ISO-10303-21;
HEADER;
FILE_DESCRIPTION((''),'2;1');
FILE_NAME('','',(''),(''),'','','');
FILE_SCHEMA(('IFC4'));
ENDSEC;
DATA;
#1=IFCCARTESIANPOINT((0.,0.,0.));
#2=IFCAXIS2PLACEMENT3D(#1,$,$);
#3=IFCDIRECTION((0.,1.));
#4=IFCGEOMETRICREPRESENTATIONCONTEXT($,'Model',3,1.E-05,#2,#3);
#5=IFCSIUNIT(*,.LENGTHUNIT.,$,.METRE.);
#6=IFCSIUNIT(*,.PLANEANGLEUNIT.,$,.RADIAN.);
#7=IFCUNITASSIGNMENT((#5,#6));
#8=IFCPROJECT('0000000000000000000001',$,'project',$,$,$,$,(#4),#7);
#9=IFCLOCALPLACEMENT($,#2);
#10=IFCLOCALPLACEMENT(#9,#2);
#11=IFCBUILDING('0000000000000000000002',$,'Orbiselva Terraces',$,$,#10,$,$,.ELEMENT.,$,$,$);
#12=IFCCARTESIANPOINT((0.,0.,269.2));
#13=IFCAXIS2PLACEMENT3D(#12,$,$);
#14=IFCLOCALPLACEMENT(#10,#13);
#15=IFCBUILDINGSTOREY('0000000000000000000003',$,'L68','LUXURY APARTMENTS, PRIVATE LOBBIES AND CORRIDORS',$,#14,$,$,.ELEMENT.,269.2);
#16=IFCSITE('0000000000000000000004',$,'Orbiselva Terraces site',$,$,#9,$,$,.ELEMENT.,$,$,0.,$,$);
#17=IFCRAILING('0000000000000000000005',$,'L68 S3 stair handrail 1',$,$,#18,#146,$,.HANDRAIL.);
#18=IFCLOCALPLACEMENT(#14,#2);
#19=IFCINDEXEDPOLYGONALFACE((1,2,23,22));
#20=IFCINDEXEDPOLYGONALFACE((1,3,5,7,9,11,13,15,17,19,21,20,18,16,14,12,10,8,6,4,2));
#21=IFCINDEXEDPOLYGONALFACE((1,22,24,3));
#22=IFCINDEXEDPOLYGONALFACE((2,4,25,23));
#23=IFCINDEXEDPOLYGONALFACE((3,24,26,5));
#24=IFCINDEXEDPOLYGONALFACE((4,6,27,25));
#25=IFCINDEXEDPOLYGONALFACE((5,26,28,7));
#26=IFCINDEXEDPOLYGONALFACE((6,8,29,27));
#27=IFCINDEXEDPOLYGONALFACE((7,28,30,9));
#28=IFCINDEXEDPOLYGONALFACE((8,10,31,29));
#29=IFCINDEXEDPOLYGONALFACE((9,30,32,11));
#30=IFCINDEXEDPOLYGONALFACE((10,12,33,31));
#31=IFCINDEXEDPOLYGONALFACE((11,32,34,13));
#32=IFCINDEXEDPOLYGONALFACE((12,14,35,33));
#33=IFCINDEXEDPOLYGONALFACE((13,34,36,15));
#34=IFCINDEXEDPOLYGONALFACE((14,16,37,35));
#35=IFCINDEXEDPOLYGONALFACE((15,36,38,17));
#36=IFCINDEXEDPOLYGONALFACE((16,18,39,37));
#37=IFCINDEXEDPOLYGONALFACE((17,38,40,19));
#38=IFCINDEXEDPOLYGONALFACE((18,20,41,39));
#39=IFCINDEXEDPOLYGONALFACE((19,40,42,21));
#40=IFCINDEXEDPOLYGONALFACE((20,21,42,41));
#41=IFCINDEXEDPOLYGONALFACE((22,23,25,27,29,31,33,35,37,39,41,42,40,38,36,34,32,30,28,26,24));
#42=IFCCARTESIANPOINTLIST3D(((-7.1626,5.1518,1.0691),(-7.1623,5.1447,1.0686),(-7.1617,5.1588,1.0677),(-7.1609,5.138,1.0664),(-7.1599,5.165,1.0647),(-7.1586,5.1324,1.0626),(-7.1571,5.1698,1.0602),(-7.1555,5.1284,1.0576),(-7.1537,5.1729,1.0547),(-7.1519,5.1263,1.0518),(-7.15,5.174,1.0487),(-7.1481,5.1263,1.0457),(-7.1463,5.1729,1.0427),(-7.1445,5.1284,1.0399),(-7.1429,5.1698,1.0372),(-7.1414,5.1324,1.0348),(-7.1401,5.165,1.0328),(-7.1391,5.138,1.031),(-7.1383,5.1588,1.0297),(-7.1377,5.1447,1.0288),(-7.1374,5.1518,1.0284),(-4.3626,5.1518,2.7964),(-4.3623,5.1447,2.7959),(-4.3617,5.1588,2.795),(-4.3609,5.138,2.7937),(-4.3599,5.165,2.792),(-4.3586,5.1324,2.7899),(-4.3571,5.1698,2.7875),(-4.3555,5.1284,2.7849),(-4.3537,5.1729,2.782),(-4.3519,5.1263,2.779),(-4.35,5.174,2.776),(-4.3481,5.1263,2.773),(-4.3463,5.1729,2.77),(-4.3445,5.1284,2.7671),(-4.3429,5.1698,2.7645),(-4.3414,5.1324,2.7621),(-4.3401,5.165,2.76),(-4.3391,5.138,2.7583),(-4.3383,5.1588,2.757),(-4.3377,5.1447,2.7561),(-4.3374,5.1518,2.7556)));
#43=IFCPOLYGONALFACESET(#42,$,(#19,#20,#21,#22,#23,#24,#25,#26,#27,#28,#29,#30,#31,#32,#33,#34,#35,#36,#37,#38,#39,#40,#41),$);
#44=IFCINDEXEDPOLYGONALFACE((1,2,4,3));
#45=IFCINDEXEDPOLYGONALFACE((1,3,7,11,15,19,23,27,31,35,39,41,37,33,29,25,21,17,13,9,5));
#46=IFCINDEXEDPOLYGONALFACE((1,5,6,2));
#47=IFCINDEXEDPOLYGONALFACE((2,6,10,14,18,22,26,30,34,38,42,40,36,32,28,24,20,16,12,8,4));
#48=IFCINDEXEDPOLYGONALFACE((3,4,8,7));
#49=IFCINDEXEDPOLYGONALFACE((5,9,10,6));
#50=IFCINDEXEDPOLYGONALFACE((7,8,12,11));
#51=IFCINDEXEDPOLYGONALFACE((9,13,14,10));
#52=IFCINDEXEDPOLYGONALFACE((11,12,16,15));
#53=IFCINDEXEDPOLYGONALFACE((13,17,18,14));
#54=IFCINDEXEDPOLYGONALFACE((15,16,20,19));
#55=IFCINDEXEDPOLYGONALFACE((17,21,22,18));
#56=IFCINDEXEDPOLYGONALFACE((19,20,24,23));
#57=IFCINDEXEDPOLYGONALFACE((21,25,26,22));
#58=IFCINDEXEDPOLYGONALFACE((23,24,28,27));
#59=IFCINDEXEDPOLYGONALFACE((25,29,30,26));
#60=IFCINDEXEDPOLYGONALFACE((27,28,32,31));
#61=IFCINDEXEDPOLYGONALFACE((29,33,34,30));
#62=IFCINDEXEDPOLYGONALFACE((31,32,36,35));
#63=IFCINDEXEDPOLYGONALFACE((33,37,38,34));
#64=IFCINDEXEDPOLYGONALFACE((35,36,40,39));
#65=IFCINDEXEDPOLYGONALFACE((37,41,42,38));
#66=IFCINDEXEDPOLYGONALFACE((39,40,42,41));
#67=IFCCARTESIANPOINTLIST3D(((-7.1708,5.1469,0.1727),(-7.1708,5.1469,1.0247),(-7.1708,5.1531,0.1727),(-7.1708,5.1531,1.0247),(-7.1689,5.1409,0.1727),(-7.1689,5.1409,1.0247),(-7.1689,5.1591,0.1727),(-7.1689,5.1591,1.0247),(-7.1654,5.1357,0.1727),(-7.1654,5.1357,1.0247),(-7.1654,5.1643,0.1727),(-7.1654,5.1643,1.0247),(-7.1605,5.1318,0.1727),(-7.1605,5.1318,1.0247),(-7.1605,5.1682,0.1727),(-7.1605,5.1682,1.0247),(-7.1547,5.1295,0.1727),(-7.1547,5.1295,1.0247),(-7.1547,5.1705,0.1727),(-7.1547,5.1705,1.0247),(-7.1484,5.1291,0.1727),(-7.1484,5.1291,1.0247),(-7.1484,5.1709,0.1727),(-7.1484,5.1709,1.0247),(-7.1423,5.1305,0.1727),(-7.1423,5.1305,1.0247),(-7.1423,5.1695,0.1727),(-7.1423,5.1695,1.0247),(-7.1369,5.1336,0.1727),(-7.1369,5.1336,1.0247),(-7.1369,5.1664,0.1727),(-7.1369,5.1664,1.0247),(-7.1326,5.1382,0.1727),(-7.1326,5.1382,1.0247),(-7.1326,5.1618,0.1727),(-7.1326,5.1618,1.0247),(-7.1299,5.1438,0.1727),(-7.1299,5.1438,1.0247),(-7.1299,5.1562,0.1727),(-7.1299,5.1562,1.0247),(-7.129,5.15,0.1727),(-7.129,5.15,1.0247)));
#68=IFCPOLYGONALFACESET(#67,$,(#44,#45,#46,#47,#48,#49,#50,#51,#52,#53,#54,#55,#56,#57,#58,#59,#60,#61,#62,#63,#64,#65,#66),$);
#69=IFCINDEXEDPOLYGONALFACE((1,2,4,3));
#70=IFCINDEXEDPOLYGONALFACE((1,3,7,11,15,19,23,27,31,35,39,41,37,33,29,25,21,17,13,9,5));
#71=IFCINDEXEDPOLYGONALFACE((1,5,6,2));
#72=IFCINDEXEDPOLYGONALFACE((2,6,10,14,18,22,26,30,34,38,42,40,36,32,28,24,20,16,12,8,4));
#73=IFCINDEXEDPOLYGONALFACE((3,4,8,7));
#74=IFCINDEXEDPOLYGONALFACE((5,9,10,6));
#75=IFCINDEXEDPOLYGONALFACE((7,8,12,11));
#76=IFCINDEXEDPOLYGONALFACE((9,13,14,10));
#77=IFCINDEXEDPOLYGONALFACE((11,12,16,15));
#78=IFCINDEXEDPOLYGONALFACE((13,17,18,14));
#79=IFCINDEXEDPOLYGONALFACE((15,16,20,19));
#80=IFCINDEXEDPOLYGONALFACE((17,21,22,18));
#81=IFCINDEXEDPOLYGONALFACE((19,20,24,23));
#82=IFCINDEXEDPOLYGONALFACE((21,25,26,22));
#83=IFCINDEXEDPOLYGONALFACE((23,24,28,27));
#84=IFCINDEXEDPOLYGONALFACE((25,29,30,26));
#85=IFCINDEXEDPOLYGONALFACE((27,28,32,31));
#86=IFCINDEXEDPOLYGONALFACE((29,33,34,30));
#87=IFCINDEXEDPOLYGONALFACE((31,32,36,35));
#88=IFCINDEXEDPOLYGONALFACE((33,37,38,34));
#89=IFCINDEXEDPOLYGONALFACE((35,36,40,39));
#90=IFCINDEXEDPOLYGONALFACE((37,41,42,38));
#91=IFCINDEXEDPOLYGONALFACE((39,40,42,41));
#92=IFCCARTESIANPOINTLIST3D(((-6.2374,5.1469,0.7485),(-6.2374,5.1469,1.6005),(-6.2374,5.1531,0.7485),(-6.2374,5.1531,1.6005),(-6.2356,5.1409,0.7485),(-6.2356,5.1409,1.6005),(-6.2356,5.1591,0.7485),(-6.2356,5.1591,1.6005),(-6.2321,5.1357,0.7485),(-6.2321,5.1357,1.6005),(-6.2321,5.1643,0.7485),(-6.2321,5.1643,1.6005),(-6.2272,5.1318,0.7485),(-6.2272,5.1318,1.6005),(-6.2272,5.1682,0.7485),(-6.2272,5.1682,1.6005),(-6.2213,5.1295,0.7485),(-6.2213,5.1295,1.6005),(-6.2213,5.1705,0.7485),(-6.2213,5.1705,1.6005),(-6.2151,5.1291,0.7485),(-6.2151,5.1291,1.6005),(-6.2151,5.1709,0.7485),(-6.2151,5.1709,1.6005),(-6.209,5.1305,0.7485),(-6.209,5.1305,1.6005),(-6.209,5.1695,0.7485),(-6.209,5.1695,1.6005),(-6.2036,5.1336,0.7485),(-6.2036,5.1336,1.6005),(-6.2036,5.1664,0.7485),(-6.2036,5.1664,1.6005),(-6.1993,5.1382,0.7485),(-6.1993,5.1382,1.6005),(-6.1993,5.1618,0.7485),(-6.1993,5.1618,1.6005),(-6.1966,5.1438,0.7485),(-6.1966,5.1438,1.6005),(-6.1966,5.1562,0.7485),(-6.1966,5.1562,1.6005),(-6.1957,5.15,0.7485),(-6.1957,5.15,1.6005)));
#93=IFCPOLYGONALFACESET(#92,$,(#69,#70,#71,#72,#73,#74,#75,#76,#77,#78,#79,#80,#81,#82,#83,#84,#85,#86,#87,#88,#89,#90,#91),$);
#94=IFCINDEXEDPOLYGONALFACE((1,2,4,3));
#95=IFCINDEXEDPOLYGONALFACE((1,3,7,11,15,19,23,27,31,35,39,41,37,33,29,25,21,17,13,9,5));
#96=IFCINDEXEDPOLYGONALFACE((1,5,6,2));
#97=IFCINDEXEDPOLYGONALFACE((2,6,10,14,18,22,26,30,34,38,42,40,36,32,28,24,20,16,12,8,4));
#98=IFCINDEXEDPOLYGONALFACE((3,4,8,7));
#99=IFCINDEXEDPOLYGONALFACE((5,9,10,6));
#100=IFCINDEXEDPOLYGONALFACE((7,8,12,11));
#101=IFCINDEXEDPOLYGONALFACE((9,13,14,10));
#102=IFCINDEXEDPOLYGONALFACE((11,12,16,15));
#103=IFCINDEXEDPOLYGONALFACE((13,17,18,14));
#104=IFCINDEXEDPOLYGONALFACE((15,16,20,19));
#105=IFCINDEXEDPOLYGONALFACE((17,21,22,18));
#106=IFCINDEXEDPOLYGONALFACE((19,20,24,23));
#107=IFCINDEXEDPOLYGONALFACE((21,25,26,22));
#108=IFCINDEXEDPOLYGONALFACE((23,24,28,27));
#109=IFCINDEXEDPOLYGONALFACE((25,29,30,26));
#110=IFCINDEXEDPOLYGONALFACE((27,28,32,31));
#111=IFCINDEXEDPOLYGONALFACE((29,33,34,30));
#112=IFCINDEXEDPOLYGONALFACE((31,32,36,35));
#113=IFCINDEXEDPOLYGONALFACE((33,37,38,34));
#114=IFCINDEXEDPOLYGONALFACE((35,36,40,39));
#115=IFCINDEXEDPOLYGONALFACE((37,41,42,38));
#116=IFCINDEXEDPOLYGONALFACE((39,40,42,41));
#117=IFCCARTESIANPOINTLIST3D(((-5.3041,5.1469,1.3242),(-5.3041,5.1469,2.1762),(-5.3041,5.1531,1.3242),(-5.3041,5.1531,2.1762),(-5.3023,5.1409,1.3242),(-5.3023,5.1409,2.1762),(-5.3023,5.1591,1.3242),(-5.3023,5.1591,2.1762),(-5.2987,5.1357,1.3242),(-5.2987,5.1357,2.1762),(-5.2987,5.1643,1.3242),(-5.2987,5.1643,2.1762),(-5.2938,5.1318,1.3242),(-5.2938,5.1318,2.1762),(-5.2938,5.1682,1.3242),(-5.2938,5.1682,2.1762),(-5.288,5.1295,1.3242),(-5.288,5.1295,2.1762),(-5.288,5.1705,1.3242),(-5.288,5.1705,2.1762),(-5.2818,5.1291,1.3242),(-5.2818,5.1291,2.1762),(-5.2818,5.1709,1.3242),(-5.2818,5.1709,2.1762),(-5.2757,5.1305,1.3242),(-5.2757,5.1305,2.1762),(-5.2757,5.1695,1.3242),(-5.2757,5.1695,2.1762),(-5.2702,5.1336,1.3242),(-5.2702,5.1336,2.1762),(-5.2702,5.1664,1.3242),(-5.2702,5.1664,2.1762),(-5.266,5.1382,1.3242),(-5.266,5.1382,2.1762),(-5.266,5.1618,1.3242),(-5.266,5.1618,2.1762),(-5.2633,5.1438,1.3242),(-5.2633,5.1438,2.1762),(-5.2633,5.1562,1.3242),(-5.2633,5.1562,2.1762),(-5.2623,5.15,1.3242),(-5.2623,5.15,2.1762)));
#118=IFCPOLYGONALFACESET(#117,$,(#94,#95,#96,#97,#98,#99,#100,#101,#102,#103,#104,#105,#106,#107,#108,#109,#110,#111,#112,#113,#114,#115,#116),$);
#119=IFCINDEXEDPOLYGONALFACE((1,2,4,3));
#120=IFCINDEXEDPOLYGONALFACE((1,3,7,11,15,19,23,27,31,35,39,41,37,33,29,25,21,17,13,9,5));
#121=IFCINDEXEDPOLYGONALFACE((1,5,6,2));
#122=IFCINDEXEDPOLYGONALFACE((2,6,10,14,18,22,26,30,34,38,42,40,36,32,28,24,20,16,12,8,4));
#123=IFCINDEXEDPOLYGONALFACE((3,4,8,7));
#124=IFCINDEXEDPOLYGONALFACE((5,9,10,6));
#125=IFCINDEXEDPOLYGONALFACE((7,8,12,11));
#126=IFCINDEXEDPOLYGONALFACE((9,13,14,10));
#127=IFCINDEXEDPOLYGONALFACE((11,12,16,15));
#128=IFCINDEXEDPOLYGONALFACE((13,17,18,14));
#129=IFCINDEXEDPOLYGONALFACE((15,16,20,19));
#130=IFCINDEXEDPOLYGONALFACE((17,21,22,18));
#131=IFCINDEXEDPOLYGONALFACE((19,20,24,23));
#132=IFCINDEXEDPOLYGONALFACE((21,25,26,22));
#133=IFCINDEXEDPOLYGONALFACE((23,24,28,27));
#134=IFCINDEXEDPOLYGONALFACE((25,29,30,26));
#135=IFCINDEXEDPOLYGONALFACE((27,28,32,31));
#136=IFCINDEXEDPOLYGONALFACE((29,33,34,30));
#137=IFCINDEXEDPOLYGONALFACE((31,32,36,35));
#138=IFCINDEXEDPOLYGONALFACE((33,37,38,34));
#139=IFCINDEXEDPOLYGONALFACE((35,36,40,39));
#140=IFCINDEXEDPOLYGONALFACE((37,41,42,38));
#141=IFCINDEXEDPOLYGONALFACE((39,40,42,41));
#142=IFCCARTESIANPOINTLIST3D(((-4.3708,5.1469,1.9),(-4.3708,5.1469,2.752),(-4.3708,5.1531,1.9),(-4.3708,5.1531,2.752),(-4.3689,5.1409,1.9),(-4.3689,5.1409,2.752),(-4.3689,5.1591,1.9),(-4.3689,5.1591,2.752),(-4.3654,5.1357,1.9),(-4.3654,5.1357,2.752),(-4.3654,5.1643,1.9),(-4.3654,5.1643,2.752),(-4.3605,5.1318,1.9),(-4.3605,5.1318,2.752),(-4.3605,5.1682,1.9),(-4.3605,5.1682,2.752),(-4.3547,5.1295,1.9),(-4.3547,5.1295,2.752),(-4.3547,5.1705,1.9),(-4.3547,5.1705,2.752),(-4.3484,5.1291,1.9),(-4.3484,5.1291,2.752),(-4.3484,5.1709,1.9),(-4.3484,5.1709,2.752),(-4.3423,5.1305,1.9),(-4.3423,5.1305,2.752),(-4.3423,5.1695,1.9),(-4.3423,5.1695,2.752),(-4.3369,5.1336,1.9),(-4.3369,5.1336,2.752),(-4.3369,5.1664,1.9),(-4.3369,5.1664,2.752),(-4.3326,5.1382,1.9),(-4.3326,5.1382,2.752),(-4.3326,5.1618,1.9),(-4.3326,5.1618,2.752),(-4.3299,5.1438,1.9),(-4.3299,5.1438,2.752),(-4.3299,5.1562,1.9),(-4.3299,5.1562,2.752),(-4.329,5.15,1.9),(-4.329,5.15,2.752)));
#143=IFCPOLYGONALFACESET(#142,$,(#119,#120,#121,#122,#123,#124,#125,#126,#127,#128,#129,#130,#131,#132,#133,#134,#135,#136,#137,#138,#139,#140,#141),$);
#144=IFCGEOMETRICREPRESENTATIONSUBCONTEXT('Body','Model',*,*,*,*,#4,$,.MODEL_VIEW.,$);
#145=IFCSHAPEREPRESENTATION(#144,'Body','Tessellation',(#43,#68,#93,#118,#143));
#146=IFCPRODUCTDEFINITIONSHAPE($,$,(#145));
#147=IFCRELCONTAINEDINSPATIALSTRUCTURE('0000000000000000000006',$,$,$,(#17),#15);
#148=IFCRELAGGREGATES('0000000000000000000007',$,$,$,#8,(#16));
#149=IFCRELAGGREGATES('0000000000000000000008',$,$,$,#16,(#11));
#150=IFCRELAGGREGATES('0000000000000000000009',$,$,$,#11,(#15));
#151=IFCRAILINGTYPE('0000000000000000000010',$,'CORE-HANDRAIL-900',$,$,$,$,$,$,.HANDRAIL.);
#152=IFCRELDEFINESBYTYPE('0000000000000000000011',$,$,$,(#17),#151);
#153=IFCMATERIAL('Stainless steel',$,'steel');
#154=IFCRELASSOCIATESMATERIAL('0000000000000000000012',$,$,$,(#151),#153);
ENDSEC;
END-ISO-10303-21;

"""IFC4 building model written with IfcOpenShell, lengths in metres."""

from ifc_helpers import new_model, si_unit, direction, frame, origin, origin_2d, place, context, subcontext, project, spatial, circle, extrude, material, type_object, element, save


model = new_model("IFC4")

# Units and contexts
model_context = context("Model", 3, precision=1e-05, world=origin(), true_north=direction((0.0, 1.0)))
body_context = subcontext(model_context, "Body", "Model", "MODEL_VIEW")
ifc_project = project(units=[si_unit("LENGTHUNIT", "METRE"), si_unit("PLANEANGLEUNIT", "RADIAN")], contexts=[model_context])

# Site, building, storey
site_placement = place(None, origin())
site = spatial("IfcSite", under=ifc_project, at=site_placement, Name="Orbiselva Terraces site", CompositionType="ELEMENT", RefElevation=0.0)
building_placement = place(site_placement, origin())
building = spatial("IfcBuilding", under=site, at=building_placement, Name="Orbiselva Terraces", CompositionType="ELEMENT")
storey_placement = place(building_placement, frame((0.0, 0.0, 269.2)))
storey = spatial("IfcBuildingStorey", under=building, at=storey_placement, Name="L68", Description="LUXURY APARTMENTS, PRIVATE LOBBIES AND CORRIDORS", CompositionType="ELEMENT", Elevation=269.2)

# Railing
ifc_material_1 = material(Name="Stainless steel", Category="steel")
railing_type_1 = type_object("IfcRailingType", Name="CORE-HANDRAIL-900", PredefinedType="HANDRAIL", material=ifc_material_1)
railing_1_placement = place(storey_placement, frame((-7.15, 5.15, 0.1727)))
element("IfcRailing", 1, at=railing_1_placement, inside=storey, type_object=railing_type_1, Name="L68 S3 stair handrail 1", PredefinedType="HANDRAIL", context=body_context, shape_type="SweptSolid", body=[
    extrude(circle(Radius=0.024, at=origin_2d()), frame((0.0, 0.0, 0.876), z_axis=(0.851089, 0.0, 0.525022), x_axis=(0.0, 1.0, 0.0)), (0.0, 0.0, 1.0), 3.2899),
    extrude(circle(Radius=0.021, at=origin_2d()), origin(), (0.0, 0.0, 1.0), 0.852),
    extrude(circle(Radius=0.021, at=origin_2d()), frame((0.9333, 0.0, 0.5758)), (0.0, 0.0, 1.0), 0.852),
    extrude(circle(Radius=0.021, at=origin_2d()), frame((1.8667, 0.0, 1.1515)), (0.0, 0.0, 1.0), 0.852),
    extrude(circle(Radius=0.021, at=origin_2d()), frame((2.8, 0.0, 1.7273)), (0.0, 0.0, 1.0), 0.852),
])

save(model, "model.ifc")
